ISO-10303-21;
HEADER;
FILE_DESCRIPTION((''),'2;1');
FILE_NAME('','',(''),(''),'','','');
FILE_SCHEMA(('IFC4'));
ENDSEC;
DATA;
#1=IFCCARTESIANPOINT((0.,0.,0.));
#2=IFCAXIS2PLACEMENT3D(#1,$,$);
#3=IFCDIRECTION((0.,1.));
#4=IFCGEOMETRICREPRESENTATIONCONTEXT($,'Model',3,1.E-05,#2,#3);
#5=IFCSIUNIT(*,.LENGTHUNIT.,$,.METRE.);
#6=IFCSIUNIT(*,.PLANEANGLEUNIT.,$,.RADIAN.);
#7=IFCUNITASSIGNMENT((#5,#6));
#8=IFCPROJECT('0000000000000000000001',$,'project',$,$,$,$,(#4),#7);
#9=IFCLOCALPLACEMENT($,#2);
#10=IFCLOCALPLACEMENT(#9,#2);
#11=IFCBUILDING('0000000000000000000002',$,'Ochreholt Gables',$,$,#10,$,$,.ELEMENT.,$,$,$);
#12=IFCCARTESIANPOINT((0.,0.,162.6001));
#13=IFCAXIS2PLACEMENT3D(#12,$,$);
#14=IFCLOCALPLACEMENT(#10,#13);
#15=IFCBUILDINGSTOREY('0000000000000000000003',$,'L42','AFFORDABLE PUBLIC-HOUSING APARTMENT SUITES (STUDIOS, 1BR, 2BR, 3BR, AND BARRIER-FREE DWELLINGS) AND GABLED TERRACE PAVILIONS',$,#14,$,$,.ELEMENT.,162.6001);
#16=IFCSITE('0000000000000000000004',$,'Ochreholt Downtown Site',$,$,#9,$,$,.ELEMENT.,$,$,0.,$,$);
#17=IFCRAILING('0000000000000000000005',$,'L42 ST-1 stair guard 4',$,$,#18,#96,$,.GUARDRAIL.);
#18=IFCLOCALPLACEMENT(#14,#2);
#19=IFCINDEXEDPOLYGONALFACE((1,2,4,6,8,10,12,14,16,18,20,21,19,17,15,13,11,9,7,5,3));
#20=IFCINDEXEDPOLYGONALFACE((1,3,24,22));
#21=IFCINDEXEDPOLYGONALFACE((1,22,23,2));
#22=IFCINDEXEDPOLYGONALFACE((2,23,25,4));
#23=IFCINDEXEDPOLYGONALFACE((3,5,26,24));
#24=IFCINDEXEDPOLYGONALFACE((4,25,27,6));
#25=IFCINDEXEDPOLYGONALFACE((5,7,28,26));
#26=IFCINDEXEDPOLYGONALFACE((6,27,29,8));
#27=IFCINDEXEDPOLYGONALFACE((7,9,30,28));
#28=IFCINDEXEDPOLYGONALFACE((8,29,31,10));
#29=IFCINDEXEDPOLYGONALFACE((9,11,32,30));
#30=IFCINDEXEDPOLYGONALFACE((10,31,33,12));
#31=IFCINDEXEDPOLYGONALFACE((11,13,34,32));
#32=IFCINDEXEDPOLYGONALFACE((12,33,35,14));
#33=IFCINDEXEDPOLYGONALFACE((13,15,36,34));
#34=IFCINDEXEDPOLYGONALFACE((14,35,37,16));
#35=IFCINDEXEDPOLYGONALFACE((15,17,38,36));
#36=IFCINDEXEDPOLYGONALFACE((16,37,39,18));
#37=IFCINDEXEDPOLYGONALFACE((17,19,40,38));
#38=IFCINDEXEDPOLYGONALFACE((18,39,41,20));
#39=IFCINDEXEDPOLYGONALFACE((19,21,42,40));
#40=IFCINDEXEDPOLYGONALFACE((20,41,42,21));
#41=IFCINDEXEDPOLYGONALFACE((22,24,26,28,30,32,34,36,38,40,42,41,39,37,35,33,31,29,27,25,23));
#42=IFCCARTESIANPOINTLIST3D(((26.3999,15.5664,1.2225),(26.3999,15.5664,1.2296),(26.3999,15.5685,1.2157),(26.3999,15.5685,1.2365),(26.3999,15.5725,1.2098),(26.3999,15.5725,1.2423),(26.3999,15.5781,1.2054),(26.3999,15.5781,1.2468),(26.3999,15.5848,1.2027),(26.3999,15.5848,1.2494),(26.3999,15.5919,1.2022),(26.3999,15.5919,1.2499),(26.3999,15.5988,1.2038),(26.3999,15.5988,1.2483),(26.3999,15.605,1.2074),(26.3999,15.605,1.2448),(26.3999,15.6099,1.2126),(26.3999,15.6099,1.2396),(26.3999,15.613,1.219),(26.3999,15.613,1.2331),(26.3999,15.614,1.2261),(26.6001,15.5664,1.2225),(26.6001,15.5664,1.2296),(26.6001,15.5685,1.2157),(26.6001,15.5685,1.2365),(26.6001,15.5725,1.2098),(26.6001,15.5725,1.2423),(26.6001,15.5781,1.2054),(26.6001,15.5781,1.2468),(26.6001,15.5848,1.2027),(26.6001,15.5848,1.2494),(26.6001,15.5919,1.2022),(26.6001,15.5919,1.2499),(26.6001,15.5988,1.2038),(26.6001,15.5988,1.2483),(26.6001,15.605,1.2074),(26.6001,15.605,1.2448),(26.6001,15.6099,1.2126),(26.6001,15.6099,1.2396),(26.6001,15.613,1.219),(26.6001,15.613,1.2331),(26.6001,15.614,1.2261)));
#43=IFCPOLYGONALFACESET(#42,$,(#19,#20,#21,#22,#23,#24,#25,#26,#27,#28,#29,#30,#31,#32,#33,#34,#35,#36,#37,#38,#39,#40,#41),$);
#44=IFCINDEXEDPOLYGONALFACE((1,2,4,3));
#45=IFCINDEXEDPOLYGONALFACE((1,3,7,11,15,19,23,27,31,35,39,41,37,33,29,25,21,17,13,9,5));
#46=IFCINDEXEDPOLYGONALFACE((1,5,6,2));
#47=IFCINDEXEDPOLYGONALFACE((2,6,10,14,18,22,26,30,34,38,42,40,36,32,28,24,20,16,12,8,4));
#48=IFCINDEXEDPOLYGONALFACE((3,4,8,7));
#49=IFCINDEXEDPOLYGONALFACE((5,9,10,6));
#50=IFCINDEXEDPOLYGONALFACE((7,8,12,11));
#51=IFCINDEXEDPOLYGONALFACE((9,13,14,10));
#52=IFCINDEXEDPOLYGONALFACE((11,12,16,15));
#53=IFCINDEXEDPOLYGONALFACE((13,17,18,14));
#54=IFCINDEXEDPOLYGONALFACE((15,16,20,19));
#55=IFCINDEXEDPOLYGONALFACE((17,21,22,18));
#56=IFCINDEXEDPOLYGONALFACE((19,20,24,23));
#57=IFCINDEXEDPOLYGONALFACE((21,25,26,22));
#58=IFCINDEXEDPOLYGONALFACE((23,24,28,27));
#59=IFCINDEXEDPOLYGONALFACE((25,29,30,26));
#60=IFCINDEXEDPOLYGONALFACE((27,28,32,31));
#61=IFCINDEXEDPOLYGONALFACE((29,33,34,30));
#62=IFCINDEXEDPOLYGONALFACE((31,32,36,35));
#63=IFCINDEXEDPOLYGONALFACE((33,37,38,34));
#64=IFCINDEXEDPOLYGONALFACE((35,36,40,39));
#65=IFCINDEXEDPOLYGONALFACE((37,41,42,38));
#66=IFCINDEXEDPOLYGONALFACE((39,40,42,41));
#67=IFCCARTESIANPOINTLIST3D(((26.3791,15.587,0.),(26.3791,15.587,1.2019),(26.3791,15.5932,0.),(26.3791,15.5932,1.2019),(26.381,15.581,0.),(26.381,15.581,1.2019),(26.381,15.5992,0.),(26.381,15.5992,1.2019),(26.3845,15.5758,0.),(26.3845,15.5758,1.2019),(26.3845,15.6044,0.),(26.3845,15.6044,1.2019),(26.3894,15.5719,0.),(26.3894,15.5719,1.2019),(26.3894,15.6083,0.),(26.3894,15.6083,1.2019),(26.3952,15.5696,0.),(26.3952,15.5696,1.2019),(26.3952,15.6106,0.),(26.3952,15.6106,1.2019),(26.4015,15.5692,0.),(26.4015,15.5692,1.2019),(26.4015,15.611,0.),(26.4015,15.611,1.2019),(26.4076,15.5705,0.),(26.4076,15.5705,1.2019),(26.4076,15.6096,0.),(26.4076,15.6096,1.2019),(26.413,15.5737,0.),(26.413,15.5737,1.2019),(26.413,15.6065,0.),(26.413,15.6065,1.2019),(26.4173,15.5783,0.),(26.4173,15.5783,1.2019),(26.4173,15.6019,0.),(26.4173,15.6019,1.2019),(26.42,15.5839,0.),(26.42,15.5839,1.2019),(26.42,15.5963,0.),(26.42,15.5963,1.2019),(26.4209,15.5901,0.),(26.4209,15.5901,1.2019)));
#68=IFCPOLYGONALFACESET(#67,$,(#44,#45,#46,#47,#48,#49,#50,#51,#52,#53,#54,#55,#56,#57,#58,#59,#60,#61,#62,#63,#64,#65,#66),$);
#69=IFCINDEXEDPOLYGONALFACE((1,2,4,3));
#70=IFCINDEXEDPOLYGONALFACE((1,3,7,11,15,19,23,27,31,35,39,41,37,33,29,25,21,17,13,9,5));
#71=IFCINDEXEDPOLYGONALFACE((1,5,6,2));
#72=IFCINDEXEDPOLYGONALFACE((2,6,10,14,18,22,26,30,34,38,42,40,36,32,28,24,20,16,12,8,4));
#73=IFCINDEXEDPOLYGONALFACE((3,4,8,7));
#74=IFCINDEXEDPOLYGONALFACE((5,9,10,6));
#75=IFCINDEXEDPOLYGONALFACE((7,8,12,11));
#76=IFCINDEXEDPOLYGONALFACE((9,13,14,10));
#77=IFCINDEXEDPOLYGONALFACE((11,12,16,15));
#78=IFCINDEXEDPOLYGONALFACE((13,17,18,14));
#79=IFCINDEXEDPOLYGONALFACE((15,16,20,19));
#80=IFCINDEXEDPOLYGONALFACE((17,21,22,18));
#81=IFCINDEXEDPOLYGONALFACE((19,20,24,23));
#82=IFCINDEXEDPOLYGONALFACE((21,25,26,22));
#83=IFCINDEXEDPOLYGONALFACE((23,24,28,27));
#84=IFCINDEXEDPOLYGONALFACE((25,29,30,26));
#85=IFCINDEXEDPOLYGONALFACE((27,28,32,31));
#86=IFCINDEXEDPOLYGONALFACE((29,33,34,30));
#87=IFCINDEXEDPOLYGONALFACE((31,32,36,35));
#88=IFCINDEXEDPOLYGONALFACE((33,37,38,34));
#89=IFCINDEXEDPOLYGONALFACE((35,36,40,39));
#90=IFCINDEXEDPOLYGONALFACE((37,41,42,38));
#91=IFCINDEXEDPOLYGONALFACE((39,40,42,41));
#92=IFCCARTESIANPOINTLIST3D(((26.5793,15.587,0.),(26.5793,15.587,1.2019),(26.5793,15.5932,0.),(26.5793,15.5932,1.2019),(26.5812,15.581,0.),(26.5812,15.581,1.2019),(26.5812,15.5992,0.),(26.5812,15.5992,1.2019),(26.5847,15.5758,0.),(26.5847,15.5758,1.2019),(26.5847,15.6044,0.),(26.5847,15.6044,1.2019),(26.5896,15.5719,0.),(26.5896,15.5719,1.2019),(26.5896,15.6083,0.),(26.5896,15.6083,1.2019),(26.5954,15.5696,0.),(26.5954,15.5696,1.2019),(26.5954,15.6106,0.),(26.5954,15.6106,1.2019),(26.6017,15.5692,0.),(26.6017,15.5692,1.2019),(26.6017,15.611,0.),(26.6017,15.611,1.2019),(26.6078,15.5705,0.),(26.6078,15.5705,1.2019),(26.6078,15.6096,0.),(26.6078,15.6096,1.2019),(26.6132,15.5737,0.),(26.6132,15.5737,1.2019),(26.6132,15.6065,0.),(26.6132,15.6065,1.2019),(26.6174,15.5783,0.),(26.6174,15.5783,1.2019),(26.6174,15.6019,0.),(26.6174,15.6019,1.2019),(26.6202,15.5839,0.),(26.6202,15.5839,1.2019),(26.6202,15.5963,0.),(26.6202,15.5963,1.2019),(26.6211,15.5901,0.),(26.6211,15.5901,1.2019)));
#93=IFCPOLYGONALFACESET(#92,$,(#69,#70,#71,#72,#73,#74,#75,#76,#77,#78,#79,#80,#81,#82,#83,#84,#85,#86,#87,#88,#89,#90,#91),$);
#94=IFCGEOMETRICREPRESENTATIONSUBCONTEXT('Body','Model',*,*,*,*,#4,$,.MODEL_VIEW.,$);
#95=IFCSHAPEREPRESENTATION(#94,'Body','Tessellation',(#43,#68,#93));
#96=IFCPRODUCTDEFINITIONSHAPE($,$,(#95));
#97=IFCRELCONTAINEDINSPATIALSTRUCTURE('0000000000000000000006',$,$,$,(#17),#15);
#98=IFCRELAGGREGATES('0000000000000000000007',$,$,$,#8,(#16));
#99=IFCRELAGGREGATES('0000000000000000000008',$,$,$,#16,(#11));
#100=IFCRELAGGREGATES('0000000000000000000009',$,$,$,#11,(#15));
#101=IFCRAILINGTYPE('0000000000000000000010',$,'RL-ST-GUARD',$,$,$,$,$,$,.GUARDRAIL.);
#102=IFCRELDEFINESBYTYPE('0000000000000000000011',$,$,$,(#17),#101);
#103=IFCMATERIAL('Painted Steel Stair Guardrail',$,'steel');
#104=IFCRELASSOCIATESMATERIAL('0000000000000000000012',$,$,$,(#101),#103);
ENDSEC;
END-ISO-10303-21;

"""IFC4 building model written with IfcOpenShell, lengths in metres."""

from ifc_helpers import new_model, si_unit, direction, frame, origin, origin_2d, place, context, subcontext, project, spatial, circle, extrude, material, type_object, element, save


model = new_model("IFC4")

# Units and contexts
model_context = context("Model", 3, precision=1e-05, world=origin(), true_north=direction((0.0, 1.0)))
body_context = subcontext(model_context, "Body", "Model", "MODEL_VIEW")
ifc_project = project(units=[si_unit("LENGTHUNIT", "METRE"), si_unit("PLANEANGLEUNIT", "RADIAN")], contexts=[model_context])

# Site, building, storey
site_placement = place(None, origin())
site = spatial("IfcSite", under=ifc_project, at=site_placement, Name="Ochreholt Downtown Site", CompositionType="ELEMENT", RefElevation=0.0)
building_placement = place(site_placement, origin())
building = spatial("IfcBuilding", under=site, at=building_placement, Name="Ochreholt Gables", CompositionType="ELEMENT")
storey_placement = place(building_placement, frame((0.0, 0.0, 162.6001)))
storey = spatial("IfcBuildingStorey", under=building, at=storey_placement, Name="L42", Description="AFFORDABLE PUBLIC-HOUSING APARTMENT SUITES (STUDIOS, 1BR, 2BR, 3BR, AND BARRIER-FREE DWELLINGS) AND GABLED TERRACE PAVILIONS", CompositionType="ELEMENT", Elevation=162.6001)

# Railing
ifc_material_1 = material(Name="Painted Steel Stair Guardrail", Category="steel")
railing_type_1 = type_object("IfcRailingType", Name="RL-ST-GUARD", PredefinedType="GUARDRAIL", material=ifc_material_1)
railing_1_placement = place(storey_placement, frame((26.3999, 15.5901, 0.0)))
element("IfcRailing", 1, at=railing_1_placement, inside=storey, type_object=railing_type_1, Name="L42 ST-1 stair guard 4", PredefinedType="GUARDRAIL", context=body_context, shape_type="SweptSolid", body=[
    extrude(circle(Radius=0.0239, at=origin_2d()), frame((0.0, 0.0, 1.2261), z_axis=(1.0, 0.0, 0.0), x_axis=(0.0, 1.0, 0.0)), (0.0, 0.0, 1.0), 0.2002),
    extrude(circle(Radius=0.021, at=origin_2d()), origin(), (0.0, 0.0, 1.0), 1.2019),
    extrude(circle(Radius=0.021, at=origin_2d()), frame((0.2002, 0.0, 0.0)), (0.0, 0.0, 1.0), 1.2019),
])

save(model, "model.ifc")
